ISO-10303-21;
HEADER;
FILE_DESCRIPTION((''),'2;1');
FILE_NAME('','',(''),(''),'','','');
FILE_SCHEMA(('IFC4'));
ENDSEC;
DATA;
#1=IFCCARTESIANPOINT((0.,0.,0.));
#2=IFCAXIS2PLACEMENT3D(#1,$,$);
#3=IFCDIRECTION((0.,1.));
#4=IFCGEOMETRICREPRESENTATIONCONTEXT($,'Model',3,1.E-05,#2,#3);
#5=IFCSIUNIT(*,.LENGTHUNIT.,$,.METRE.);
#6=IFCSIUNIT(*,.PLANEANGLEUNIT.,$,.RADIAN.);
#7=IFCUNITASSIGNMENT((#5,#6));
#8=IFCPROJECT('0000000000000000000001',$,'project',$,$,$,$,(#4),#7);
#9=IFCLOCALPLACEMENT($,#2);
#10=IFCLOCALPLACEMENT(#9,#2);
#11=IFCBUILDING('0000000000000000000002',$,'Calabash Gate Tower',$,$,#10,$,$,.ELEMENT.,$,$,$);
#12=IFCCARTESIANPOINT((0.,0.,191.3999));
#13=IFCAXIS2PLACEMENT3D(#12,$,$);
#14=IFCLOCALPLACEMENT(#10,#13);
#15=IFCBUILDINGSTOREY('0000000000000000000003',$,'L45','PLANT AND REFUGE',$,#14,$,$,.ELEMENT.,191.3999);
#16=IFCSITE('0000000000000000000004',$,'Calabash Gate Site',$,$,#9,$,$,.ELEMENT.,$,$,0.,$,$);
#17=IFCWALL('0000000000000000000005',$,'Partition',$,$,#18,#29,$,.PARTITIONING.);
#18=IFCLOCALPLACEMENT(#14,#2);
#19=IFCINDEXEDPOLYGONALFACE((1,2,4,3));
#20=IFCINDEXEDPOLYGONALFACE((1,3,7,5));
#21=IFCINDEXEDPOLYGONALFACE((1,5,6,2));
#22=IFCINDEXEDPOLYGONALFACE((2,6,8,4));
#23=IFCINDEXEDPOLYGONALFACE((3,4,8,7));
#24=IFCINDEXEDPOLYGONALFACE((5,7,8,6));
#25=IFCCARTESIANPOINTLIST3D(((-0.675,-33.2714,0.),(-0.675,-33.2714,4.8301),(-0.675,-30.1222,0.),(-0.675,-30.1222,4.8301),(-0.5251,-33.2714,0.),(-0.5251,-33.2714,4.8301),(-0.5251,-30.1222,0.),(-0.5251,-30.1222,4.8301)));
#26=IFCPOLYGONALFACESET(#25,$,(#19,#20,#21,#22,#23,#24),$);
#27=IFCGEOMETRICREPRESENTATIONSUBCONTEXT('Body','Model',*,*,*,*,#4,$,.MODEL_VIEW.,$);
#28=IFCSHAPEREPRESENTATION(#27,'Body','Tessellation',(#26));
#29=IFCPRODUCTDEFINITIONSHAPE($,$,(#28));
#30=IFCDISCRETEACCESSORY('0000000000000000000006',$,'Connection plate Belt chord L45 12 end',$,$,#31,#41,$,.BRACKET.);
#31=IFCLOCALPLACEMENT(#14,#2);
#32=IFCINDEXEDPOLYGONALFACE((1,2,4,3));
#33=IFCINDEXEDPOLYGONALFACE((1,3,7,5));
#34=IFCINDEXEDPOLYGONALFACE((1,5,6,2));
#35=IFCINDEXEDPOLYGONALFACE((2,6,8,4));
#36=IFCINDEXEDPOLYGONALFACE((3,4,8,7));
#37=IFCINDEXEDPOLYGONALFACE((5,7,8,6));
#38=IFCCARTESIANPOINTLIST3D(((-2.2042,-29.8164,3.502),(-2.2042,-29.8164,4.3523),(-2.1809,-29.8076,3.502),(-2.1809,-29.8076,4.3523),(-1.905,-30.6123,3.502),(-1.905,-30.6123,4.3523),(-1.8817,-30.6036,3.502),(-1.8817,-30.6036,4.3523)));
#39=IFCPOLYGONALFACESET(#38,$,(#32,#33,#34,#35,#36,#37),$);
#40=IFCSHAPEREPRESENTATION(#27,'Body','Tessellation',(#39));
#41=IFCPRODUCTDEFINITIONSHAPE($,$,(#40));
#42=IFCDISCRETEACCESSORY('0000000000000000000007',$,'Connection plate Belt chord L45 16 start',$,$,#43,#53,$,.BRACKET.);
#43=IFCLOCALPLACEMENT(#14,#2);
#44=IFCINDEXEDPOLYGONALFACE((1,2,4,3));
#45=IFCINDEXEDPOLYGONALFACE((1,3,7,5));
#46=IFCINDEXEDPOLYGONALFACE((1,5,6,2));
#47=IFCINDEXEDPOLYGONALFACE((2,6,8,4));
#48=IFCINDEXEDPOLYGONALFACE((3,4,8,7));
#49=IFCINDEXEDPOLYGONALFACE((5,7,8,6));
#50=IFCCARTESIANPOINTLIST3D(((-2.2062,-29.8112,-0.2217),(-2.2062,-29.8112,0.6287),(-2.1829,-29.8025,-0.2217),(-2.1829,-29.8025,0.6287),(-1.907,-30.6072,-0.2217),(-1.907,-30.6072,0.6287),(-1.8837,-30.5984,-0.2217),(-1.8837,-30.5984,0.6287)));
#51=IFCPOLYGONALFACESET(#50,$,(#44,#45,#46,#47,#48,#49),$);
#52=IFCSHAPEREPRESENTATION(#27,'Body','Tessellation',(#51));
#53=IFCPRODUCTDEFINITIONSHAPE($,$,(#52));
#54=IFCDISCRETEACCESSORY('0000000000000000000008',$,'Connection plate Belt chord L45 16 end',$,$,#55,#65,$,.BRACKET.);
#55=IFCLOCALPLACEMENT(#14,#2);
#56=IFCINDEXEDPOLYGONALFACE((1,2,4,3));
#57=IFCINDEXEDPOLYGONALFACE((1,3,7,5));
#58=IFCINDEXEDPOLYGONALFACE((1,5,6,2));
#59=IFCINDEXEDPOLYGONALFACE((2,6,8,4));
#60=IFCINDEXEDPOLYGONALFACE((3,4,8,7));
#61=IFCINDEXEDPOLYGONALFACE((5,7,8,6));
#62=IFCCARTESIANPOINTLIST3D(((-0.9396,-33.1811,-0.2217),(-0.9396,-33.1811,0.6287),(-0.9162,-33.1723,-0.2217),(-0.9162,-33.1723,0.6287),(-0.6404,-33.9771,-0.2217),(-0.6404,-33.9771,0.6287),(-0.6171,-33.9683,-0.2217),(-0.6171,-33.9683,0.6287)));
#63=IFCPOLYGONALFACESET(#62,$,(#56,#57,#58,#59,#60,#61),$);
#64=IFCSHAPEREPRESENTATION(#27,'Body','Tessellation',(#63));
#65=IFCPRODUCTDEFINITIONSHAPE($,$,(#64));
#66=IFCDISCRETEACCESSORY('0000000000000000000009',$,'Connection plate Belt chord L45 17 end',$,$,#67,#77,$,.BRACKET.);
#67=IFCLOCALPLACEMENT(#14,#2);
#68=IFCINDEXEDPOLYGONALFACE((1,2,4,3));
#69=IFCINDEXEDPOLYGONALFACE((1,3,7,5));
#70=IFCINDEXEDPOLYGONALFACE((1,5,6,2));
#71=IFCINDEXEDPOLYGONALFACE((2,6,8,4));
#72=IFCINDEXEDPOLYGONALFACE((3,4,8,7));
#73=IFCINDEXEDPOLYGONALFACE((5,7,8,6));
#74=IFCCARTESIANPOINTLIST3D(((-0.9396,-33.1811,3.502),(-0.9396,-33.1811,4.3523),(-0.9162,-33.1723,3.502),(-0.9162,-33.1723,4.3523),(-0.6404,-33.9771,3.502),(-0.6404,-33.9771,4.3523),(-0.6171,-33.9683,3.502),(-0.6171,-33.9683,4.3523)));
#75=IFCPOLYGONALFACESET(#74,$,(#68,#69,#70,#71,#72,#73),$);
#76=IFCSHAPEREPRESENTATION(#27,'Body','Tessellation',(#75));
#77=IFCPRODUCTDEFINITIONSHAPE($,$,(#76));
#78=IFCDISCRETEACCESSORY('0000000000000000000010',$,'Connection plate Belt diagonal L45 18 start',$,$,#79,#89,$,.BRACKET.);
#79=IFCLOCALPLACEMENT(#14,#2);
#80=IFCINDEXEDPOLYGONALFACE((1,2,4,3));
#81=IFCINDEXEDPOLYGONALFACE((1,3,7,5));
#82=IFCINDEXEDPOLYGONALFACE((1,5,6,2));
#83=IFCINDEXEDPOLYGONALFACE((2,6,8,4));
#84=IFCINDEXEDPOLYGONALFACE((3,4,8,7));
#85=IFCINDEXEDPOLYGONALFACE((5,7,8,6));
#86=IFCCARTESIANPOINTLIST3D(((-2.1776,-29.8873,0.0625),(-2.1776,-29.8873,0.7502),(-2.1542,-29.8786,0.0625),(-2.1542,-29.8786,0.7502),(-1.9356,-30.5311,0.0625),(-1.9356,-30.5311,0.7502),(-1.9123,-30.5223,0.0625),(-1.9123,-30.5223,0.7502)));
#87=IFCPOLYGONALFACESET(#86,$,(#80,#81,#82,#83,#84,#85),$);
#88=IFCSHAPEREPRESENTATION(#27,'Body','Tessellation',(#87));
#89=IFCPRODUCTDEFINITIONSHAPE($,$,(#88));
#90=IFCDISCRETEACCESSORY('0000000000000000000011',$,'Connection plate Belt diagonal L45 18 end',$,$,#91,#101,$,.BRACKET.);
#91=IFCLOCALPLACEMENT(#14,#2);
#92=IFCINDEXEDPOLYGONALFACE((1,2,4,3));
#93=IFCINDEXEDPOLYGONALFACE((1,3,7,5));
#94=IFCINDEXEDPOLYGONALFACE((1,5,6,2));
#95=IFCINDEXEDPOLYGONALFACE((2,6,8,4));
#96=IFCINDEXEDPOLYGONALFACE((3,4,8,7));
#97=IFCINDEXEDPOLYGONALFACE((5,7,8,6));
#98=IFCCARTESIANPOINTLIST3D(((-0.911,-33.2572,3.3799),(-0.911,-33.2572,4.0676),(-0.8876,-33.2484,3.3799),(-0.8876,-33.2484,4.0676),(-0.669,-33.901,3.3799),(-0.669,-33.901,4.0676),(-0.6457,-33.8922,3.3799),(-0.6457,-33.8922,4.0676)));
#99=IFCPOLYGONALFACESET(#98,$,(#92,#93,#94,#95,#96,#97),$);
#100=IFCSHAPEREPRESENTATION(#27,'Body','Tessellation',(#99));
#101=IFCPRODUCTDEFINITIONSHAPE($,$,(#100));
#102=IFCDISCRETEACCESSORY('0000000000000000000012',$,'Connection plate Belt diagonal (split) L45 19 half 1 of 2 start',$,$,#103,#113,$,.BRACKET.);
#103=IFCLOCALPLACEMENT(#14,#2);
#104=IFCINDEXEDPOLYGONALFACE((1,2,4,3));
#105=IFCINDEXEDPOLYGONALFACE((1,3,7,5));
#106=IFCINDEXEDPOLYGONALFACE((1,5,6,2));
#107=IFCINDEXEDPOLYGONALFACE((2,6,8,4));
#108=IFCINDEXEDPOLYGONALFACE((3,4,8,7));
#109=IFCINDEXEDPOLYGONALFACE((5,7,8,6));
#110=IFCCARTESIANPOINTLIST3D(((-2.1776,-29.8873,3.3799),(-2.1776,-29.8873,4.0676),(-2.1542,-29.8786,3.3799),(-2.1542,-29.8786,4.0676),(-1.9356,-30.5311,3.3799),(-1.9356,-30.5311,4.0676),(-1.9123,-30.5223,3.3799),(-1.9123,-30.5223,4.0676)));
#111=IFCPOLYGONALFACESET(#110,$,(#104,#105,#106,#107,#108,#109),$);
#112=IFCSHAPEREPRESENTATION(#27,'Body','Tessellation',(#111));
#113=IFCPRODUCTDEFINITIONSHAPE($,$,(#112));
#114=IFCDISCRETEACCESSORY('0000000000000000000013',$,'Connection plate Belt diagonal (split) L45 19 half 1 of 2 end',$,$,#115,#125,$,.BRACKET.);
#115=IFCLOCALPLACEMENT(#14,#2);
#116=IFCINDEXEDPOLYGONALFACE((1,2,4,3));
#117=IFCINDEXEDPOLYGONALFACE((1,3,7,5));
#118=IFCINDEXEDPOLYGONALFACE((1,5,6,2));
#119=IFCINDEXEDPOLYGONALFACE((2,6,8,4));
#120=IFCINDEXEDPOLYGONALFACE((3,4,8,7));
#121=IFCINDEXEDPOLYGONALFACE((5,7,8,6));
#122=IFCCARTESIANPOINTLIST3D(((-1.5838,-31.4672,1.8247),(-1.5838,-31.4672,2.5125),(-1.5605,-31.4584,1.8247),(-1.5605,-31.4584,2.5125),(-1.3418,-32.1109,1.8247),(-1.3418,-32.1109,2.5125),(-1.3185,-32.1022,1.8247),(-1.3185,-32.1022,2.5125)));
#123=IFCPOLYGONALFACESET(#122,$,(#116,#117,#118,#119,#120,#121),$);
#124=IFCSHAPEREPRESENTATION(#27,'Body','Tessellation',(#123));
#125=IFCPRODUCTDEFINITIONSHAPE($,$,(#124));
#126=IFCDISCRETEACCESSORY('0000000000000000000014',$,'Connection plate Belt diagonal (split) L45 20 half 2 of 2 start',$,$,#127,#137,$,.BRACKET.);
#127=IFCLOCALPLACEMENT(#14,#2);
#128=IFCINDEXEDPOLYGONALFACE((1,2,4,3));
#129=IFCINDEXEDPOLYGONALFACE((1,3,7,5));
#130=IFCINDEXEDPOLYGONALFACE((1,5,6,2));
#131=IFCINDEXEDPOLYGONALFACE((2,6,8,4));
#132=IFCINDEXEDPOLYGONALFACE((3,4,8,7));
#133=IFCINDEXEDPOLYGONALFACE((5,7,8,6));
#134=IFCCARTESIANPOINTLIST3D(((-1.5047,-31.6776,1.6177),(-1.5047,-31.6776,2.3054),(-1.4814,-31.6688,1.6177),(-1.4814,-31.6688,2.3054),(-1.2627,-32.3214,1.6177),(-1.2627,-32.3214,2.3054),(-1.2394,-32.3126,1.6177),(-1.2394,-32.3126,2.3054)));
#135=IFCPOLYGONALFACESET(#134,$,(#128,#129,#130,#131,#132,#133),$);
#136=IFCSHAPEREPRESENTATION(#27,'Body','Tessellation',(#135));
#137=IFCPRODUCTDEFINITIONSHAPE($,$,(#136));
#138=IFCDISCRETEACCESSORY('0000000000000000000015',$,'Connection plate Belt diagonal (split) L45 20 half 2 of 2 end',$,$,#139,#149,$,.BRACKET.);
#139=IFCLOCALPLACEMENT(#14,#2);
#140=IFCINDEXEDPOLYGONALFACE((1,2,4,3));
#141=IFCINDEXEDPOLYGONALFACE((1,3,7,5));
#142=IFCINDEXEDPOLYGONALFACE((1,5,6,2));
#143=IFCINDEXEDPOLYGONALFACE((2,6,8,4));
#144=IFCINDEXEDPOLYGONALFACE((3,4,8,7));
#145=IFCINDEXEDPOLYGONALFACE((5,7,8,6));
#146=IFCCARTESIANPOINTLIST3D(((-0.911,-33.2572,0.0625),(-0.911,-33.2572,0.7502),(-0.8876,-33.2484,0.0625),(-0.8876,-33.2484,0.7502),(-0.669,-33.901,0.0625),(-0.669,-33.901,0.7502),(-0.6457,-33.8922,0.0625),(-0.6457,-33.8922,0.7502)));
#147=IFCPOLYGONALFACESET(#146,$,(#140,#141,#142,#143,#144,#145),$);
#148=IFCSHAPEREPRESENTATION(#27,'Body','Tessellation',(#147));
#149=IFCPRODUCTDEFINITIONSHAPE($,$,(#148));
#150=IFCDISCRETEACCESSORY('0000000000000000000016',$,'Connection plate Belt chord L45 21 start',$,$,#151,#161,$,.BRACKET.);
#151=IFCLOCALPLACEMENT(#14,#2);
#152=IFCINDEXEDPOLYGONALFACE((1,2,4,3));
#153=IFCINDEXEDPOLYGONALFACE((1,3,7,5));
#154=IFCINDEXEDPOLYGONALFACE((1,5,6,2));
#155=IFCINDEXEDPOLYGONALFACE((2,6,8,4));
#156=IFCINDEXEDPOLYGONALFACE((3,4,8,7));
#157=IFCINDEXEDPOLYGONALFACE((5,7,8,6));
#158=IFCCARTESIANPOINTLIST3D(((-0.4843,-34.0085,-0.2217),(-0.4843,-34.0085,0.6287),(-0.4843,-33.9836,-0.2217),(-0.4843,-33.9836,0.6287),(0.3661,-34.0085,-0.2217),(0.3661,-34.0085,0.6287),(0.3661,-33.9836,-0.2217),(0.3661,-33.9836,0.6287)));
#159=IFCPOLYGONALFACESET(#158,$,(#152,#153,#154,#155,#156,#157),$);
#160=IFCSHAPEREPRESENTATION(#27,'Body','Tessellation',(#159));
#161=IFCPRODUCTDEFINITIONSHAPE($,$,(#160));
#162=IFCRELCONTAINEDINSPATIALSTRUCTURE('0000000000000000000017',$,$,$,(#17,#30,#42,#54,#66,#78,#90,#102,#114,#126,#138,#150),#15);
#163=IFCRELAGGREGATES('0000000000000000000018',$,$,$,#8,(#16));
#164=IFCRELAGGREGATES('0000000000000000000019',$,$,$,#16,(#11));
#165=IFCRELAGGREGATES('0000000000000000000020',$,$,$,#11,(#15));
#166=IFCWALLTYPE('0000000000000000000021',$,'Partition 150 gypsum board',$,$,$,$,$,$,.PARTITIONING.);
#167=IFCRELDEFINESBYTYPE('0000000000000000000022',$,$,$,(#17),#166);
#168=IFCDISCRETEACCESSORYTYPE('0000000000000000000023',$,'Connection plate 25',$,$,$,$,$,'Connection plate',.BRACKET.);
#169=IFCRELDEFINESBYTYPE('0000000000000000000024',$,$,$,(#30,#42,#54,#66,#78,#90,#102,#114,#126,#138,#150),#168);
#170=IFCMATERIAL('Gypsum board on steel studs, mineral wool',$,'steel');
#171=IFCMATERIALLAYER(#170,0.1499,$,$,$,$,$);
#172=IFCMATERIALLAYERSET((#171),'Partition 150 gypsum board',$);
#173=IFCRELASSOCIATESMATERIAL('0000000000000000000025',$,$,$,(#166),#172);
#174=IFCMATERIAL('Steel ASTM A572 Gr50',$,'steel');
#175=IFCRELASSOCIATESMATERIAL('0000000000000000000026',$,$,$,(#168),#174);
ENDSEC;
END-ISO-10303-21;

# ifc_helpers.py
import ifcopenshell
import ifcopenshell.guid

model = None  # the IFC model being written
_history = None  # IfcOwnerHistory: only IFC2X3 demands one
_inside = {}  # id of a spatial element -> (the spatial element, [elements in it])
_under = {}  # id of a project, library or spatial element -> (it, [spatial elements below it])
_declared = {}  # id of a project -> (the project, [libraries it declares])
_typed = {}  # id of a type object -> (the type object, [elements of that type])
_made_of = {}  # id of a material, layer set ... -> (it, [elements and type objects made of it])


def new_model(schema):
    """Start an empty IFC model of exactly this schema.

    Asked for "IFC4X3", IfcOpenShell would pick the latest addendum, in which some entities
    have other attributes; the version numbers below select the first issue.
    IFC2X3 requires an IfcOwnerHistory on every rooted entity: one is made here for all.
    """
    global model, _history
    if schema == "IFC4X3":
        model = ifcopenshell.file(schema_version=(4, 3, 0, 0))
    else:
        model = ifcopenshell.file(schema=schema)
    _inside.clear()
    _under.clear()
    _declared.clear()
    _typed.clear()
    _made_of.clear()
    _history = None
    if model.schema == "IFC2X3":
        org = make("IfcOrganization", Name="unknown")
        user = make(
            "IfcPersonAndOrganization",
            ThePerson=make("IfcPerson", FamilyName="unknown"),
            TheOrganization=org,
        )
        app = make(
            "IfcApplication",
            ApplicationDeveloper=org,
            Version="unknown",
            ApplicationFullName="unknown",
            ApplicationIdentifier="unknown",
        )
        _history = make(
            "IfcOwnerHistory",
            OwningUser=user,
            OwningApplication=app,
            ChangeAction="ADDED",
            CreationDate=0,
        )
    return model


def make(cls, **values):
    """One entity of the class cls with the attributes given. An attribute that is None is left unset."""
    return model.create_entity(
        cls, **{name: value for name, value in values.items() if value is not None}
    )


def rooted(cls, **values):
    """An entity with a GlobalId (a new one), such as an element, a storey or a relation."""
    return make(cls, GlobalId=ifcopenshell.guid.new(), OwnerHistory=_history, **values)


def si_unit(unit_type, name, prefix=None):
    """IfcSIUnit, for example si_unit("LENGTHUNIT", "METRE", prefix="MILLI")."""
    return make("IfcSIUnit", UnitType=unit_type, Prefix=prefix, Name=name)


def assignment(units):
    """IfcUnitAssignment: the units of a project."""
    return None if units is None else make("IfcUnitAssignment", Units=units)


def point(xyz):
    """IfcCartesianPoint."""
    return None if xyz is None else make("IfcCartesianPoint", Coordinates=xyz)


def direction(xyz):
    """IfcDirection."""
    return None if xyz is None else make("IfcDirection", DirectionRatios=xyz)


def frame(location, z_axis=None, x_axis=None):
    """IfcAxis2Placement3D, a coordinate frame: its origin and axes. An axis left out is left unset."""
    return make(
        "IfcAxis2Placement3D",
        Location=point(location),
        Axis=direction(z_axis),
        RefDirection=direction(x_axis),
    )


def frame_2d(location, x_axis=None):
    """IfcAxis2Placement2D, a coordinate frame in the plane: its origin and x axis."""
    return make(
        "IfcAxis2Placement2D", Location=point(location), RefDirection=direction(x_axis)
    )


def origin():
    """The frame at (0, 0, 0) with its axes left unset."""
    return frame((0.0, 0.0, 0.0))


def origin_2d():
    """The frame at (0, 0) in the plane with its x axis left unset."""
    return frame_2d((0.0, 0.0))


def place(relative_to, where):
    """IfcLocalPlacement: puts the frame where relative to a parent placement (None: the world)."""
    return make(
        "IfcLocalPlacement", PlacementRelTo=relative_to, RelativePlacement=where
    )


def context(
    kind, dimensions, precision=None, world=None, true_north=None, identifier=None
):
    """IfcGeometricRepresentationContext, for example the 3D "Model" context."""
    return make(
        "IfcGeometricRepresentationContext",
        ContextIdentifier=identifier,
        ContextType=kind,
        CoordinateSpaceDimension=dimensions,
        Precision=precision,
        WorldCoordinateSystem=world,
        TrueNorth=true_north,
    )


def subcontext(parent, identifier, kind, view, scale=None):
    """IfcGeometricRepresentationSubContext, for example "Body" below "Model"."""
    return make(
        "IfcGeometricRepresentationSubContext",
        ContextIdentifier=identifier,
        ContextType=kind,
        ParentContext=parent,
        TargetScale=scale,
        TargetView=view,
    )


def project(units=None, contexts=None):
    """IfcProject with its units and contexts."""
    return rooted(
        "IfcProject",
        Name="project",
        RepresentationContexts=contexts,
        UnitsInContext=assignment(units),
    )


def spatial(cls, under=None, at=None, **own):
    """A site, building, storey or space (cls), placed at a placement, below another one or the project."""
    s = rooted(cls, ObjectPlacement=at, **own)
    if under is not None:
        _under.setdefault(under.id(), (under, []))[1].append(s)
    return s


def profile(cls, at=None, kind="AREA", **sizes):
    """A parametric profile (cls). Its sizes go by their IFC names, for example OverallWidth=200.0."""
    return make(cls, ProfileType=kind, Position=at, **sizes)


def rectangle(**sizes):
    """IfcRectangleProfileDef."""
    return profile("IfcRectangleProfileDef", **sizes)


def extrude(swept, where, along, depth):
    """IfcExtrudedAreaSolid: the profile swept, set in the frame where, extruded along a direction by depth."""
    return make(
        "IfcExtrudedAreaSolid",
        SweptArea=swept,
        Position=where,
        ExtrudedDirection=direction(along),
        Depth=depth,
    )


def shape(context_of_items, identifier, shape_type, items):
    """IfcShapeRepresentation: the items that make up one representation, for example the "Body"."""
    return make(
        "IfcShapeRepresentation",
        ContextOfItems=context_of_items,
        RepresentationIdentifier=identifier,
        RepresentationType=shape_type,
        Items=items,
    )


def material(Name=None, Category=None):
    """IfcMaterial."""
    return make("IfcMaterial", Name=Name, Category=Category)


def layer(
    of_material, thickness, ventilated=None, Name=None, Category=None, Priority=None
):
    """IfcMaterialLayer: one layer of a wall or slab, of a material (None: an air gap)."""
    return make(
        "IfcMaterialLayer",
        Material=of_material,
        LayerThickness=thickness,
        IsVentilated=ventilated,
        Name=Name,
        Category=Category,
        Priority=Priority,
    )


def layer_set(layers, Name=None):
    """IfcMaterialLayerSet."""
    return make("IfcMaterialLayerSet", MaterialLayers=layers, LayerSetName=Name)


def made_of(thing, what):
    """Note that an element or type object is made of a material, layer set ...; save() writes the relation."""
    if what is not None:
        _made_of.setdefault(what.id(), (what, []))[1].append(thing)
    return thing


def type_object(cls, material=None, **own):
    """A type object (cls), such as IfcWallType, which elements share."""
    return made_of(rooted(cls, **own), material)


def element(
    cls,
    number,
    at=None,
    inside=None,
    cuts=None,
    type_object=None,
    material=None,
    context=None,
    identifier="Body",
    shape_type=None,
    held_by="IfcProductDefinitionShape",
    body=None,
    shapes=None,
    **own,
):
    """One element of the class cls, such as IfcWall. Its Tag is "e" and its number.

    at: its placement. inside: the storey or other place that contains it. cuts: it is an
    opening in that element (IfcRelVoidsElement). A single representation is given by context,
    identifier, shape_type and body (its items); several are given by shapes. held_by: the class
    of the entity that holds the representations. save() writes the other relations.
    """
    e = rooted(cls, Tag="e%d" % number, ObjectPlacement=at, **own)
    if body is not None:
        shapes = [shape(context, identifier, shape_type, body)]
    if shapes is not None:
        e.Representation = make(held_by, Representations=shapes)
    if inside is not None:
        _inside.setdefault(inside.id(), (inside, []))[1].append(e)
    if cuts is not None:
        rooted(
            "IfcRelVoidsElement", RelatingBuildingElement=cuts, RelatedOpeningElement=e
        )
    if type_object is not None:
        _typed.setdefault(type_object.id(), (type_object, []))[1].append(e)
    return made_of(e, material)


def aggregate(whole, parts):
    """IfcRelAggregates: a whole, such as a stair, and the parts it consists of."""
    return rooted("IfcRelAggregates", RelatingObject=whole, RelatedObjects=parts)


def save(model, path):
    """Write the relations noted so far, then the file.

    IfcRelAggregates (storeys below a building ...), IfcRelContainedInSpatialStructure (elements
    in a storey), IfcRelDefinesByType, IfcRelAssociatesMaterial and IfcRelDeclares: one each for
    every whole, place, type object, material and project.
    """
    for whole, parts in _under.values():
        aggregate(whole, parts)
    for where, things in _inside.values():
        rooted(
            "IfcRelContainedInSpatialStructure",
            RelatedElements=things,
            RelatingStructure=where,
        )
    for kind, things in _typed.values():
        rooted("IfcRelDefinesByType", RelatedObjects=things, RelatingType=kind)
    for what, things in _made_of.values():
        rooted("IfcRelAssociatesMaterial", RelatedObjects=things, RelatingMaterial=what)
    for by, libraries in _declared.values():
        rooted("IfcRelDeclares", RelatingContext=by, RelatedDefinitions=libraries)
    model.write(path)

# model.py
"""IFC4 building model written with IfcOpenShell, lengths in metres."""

from ifc_helpers import new_model, si_unit, direction, frame, frame_2d, origin, origin_2d, place, context, subcontext, project, spatial, rectangle, extrude, material, layer, layer_set, type_object, element, save


model = new_model("IFC4")

# Units and contexts
model_context = context("Model", 3, precision=1e-05, world=origin(), true_north=direction((0.0, 1.0)))
body_context = subcontext(model_context, "Body", "Model", "MODEL_VIEW")
ifc_project = project(units=[si_unit("LENGTHUNIT", "METRE"), si_unit("PLANEANGLEUNIT", "RADIAN")], contexts=[model_context])

# Site, building, storey
site_placement = place(None, origin())
site = spatial("IfcSite", under=ifc_project, at=site_placement, Name="Calabash Gate Site", CompositionType="ELEMENT", RefElevation=0.0)
building_placement = place(site_placement, origin())
building = spatial("IfcBuilding", under=site, at=building_placement, Name="Calabash Gate Tower", CompositionType="ELEMENT")
storey_placement = place(building_placement, frame((0.0, 0.0, 191.3999)))
storey = spatial("IfcBuildingStorey", under=building, at=storey_placement, Name="L45", Description="PLANT AND REFUGE", CompositionType="ELEMENT", Elevation=191.3999)

# Wall
ifc_material_1 = material(Name="Gypsum board on steel studs, mineral wool", Category="steel")
ifc_layer = layer(ifc_material_1, 0.1499)
ifc_layer_set = layer_set([ifc_layer], Name="Partition 150 gypsum board")
wall_type = type_object("IfcWallType", Name="Partition 150 gypsum board", PredefinedType="PARTITIONING", material=ifc_layer_set)
wall_placement = place(storey_placement, frame((-0.6001, -33.2715, 0.0), z_axis=(0.0, 0.0, 1.0), x_axis=(0.0, 1.0, 0.0)))
element("IfcWall", 1, at=wall_placement, inside=storey, type_object=wall_type, Name="Partition", PredefinedType="PARTITIONING", context=body_context, shape_type="SweptSolid", body=[
    extrude(rectangle(XDim=3.1492, YDim=0.1499, at=frame_2d((1.5747, 0.0))), origin(), (0.0, 0.0, 1.0), 4.8301),
])

# Discrete accessories
ifc_material_2 = material(Name="Steel ASTM A572 Gr50", Category="steel")
discrete_accessory_type = type_object("IfcDiscreteAccessoryType", Name="Connection plate 25", ElementType="Connection plate", PredefinedType="BRACKET", material=ifc_material_2)
for number, where, z_axis, x_axis, name in (
    (2, (-2.043, -30.21, 3.502), (0.0, 0.0, 1.0), (0.351807, -0.936072, 0.0), "Connection plate Belt chord L45 12 end"),
    (3, (-2.0449, -30.2048, -0.2217), (0.0, 0.0, 1.0), (0.351822, -0.936067, 0.0), "Connection plate Belt chord L45 16 start"),
    (4, (-0.7783, -33.5747, -0.2217), (0.0, 0.0, 1.0), (0.351822, -0.936067, 0.0), "Connection plate Belt chord L45 16 end"),
    (5, (-0.7783, -33.5747, 3.502), (0.0, 0.0, 1.0), (0.351822, -0.936067, 0.0), "Connection plate Belt chord L45 17 end"),
):
    element("IfcDiscreteAccessory", number, at=place(storey_placement, frame(where, z_axis=z_axis, x_axis=x_axis)), inside=storey, type_object=discrete_accessory_type, Name=name, PredefinedType="BRACKET", context=body_context, shape_type="SweptSolid", body=[
        extrude(rectangle(XDim=0.8503, YDim=0.0249, at=origin_2d()), origin(), (0.0, 0.0, 1.0), 0.8503),
    ])
for number, where, z_axis, x_axis, name in (
    (6, (-2.0449, -30.2048, 0.0625), (0.0, 0.0, 1.0), (0.351822, -0.936067, 0.0), "Connection plate Belt diagonal L45 18 start"),
    (7, (-0.7783, -33.5747, 3.3799), (0.0, 0.0, 1.0), (0.351822, -0.936067, 0.0), "Connection plate Belt diagonal L45 18 end"),
    (8, (-2.0449, -30.2048, 3.3799), (0.0, 0.0, 1.0), (0.351823, -0.936067, 0.0), "Connection plate Belt diagonal (split) L45 19 half 1 of 2 start"),
    (9, (-1.4512, -31.7847, 1.8247), (0.0, 0.0, 1.0), (0.351823, -0.936067, 0.0), "Connection plate Belt diagonal (split) L45 19 half 1 of 2 end"),
    (10, (-1.3721, -31.9951, 1.6177), (0.0, 0.0, 1.0), (0.351823, -0.936067, 0.0), "Connection plate Belt diagonal (split) L45 20 half 2 of 2 start"),
    (11, (-0.7783, -33.5747, 0.0625), (0.0, 0.0, 1.0), (0.351823, -0.936067, 0.0), "Connection plate Belt diagonal (split) L45 20 half 2 of 2 end"),
):
    element("IfcDiscreteAccessory", number, at=place(storey_placement, frame(where, z_axis=z_axis, x_axis=x_axis)), inside=storey, type_object=discrete_accessory_type, Name=name, PredefinedType="BRACKET", context=body_context, shape_type="SweptSolid", body=[
        extrude(rectangle(XDim=0.6877, YDim=0.0249, at=origin_2d()), origin(), (0.0, 0.0, 1.0), 0.6877),
    ])
discrete_accessory_placement = place(storey_placement, frame((-0.0591, -33.9961, -0.2217), z_axis=(0.0, 0.0, 1.0), x_axis=(1.0, 0.000001, 0.0)))
element("IfcDiscreteAccessory", 12, at=discrete_accessory_placement, inside=storey, type_object=discrete_accessory_type, Name="Connection plate Belt chord L45 21 start", PredefinedType="BRACKET", context=body_context, shape_type="SweptSolid", body=[
    extrude(rectangle(XDim=0.8503, YDim=0.0249, at=origin_2d()), origin(), (0.0, 0.0, 1.0), 0.8503),
])

save(model, "model.ifc")
